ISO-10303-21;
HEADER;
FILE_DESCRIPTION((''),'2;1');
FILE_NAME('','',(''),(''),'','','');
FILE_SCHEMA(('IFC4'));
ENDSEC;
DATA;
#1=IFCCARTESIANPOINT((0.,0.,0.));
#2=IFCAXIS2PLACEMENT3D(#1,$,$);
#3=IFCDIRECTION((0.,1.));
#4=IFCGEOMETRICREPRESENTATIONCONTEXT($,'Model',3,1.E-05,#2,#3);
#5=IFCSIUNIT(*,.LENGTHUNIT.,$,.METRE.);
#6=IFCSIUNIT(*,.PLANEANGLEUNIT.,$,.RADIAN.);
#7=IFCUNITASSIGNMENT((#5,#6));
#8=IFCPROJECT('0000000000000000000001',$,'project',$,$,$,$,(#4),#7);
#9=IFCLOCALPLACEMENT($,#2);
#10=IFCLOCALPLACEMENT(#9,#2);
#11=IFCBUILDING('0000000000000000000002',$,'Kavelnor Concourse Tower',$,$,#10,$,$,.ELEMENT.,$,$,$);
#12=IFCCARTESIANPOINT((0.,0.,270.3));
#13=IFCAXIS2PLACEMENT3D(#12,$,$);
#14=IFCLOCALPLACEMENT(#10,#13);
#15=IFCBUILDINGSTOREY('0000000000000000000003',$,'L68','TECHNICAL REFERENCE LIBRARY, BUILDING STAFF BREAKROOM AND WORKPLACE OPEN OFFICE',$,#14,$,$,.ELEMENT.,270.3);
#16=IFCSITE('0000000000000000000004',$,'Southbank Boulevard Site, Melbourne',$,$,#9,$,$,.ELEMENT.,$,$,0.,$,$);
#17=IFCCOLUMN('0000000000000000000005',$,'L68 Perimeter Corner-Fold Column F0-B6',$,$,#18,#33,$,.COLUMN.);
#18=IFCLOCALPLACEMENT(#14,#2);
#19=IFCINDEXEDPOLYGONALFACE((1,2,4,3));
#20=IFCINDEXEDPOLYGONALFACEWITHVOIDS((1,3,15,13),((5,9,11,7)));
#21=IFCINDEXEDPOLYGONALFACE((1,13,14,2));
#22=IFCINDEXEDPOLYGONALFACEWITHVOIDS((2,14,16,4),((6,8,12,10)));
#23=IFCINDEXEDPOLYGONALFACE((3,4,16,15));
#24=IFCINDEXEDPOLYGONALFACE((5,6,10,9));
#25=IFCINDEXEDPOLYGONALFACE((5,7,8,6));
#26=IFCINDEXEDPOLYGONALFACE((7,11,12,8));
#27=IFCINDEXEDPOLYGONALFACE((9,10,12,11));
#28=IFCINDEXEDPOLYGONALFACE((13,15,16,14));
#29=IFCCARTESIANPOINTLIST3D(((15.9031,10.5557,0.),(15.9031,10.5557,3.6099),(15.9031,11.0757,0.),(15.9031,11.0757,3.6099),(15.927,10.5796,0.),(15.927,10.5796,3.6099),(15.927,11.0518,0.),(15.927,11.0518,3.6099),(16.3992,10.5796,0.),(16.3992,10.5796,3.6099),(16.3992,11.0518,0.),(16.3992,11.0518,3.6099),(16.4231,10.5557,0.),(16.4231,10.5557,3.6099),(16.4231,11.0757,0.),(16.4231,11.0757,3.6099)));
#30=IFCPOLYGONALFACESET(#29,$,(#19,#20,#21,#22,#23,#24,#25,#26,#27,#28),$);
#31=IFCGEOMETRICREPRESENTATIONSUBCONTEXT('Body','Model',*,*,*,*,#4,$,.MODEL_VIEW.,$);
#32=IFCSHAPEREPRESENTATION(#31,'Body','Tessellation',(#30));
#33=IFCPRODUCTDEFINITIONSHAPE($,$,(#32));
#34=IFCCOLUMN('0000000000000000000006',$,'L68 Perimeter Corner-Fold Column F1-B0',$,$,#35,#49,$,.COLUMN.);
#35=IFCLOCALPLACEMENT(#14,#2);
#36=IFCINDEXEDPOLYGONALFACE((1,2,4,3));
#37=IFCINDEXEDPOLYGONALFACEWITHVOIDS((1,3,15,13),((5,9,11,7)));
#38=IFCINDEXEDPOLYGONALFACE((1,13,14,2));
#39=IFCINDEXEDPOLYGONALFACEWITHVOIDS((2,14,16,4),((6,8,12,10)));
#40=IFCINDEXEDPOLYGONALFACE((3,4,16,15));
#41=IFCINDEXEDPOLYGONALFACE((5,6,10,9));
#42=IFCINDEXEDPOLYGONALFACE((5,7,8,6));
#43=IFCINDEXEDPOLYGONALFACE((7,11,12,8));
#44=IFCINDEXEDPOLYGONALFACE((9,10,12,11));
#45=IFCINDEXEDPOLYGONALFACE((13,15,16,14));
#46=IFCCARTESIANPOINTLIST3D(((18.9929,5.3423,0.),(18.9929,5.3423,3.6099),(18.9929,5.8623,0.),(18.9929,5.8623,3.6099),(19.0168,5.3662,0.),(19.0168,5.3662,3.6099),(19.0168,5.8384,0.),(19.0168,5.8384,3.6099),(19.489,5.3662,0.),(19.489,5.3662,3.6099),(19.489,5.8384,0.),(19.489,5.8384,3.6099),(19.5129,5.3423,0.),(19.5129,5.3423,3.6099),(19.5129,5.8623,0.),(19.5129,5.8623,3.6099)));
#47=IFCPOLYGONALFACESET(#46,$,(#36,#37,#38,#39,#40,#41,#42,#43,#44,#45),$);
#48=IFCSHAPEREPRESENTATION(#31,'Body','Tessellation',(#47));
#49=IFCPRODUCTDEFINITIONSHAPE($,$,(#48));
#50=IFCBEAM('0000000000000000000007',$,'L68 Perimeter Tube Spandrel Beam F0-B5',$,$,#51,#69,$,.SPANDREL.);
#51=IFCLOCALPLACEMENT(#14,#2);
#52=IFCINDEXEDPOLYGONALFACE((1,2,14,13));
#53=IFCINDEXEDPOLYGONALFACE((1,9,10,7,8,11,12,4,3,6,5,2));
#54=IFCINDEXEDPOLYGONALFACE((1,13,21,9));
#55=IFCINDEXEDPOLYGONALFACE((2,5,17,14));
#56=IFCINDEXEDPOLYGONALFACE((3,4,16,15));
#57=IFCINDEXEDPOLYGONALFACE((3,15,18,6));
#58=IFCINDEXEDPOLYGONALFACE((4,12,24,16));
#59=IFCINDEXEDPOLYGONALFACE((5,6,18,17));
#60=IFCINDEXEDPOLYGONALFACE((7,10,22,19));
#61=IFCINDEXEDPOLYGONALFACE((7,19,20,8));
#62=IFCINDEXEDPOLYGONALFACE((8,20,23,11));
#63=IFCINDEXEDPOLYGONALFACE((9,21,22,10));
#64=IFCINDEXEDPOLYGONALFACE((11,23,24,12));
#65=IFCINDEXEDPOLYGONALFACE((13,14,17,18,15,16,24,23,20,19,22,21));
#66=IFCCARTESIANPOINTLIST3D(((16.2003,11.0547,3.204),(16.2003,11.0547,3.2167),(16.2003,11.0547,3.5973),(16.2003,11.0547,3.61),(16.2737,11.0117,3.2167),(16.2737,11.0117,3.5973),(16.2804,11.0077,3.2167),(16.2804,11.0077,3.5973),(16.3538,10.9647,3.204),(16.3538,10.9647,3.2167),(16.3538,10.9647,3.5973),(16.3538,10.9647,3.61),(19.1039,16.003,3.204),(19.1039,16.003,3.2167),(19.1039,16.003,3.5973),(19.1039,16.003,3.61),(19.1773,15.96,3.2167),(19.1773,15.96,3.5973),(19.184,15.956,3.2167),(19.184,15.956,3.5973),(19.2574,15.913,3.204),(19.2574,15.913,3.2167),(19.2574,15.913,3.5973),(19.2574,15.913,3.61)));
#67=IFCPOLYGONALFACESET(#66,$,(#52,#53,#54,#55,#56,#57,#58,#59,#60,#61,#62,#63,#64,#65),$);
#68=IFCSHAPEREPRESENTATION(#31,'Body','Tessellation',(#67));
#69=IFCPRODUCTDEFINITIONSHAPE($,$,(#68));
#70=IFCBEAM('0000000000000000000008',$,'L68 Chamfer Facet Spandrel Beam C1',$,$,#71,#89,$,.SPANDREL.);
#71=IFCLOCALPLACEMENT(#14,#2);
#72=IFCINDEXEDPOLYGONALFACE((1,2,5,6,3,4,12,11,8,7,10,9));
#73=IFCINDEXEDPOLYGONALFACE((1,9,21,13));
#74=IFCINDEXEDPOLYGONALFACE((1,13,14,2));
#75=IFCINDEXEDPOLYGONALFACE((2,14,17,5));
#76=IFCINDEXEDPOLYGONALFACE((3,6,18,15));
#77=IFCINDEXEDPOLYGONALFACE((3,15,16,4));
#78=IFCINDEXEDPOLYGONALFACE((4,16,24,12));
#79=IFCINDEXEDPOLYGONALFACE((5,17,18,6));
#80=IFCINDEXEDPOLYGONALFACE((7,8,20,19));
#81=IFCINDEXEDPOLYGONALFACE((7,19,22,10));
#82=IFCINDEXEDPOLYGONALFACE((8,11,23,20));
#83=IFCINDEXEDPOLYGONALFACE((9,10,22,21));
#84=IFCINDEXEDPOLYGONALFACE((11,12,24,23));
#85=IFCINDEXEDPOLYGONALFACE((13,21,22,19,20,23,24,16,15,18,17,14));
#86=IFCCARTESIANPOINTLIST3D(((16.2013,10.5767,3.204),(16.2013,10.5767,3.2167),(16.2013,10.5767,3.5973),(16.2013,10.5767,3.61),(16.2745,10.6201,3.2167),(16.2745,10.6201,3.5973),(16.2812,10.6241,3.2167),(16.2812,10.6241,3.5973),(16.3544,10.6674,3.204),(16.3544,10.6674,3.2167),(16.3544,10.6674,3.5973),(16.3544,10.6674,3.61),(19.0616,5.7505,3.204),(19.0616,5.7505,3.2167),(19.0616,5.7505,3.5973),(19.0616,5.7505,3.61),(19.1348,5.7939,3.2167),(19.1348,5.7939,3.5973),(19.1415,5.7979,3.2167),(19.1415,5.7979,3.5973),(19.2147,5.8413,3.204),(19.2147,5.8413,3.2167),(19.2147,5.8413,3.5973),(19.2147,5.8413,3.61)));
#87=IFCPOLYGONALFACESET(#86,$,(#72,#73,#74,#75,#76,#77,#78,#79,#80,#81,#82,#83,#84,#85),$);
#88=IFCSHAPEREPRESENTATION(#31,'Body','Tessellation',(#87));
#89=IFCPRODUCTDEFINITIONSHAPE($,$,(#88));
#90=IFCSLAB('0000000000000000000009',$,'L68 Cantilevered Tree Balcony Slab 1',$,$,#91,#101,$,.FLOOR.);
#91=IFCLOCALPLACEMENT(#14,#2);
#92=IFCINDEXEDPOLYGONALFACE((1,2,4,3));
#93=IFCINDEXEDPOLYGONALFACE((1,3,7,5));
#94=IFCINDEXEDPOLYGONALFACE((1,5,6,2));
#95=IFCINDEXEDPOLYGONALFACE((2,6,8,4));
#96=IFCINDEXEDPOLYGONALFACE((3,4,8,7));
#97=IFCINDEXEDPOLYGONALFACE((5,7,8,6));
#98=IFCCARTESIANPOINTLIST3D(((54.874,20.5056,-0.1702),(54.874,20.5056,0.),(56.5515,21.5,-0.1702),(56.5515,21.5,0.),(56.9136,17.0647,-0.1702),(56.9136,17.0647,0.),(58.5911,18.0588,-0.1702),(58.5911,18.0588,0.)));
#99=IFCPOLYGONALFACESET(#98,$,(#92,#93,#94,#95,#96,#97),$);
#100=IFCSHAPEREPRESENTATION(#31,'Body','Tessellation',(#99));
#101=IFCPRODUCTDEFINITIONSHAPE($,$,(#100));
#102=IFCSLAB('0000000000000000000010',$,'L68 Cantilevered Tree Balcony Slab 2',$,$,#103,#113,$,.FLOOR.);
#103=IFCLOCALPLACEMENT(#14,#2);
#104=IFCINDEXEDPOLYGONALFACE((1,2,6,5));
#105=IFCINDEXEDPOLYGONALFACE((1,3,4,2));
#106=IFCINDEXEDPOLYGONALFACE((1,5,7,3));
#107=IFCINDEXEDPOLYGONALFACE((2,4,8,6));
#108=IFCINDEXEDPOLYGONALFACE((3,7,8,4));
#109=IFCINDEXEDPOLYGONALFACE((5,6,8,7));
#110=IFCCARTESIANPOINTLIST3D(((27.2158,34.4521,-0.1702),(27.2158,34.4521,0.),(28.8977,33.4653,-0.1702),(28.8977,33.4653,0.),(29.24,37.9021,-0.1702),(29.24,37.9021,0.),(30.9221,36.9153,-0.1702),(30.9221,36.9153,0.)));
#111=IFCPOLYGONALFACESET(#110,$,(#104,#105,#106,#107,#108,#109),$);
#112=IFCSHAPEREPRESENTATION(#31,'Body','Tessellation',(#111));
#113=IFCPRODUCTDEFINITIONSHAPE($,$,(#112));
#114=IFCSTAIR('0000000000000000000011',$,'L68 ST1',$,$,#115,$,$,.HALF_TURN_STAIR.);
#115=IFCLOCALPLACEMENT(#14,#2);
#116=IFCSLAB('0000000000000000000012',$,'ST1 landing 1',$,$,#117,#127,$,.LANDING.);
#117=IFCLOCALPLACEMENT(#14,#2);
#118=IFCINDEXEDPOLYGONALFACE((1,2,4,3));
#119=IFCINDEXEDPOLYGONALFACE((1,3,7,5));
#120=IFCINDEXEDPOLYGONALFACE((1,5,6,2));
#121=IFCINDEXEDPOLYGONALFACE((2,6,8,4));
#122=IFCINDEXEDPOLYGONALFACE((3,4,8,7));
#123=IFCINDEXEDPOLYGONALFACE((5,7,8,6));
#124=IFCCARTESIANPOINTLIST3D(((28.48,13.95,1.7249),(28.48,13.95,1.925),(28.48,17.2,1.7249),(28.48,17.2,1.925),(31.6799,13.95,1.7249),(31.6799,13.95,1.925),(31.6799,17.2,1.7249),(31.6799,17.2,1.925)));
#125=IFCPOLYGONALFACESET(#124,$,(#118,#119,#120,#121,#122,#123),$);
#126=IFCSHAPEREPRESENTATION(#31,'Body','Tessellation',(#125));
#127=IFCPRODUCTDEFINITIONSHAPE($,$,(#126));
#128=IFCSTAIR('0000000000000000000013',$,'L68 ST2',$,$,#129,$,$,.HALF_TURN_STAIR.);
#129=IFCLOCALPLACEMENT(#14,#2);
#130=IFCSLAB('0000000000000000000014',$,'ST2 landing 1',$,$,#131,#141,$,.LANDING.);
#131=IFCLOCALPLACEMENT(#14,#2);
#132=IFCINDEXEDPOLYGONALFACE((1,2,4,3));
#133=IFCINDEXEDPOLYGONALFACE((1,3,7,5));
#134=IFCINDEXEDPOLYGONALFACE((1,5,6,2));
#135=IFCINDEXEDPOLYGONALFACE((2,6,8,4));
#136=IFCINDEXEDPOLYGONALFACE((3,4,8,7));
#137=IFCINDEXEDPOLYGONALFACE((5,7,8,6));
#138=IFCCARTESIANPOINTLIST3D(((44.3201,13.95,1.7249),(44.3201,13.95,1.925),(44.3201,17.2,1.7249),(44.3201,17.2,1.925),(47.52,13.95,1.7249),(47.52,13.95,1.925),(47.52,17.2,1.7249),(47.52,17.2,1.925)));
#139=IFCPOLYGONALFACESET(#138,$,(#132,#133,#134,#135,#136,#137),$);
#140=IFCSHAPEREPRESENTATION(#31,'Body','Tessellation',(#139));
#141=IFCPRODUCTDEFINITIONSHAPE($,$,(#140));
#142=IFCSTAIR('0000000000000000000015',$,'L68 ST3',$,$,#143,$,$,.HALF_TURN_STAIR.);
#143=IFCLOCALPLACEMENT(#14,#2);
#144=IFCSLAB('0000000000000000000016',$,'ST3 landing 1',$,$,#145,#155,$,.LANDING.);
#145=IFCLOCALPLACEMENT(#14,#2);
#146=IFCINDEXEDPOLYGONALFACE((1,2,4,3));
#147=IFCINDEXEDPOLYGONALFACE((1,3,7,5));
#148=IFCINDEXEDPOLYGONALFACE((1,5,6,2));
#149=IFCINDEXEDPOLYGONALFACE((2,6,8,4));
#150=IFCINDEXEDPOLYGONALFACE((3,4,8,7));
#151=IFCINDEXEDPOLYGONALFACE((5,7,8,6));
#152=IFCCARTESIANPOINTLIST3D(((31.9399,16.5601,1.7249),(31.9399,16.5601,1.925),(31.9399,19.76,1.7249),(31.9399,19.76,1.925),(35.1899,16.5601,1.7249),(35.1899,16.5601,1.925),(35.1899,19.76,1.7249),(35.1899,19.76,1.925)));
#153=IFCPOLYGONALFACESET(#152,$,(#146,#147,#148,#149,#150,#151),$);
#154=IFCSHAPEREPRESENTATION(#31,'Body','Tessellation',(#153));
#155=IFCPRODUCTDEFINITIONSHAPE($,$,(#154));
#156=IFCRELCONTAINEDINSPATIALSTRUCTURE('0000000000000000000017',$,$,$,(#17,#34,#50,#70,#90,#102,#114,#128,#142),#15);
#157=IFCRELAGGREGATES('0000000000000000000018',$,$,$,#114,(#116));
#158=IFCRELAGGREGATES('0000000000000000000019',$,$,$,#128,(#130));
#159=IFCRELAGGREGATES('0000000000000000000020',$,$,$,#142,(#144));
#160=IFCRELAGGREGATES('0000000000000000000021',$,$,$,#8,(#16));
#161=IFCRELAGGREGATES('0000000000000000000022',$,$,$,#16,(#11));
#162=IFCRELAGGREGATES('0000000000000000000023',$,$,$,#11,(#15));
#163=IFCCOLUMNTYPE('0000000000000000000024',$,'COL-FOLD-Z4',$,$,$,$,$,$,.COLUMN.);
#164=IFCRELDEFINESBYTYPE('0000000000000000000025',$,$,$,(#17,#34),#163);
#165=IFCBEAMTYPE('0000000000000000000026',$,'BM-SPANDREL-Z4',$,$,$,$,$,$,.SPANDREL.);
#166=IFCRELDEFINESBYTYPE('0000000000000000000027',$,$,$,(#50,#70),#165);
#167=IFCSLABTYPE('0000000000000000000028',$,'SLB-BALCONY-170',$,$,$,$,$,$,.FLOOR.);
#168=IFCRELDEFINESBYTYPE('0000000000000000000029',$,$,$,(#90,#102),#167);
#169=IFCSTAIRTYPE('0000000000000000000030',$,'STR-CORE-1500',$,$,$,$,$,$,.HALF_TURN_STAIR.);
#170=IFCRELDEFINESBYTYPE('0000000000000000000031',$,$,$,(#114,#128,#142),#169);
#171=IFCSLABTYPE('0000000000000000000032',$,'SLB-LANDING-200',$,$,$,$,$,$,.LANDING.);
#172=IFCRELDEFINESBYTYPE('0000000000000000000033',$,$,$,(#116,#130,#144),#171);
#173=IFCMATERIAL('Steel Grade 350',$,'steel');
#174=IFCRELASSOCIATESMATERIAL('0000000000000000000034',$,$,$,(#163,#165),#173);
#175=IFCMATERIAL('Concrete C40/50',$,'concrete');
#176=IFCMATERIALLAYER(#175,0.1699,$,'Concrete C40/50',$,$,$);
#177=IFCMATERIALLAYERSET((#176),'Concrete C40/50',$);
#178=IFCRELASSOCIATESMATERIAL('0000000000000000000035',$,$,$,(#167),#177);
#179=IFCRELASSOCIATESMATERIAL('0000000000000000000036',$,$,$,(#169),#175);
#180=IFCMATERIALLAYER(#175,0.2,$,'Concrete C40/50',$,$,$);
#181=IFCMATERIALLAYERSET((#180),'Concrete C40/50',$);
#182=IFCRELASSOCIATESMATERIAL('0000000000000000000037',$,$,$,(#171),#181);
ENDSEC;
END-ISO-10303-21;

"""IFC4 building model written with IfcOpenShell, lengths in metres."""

from ifc_helpers import new_model, si_unit, direction, frame, origin, origin_2d, place, context, subcontext, project, spatial, polyline, hollow_rectangle, i_section, outline, extrude, material, layer, layer_set, material_profile, profile_set, type_object, element, aggregate, save


model = new_model("IFC4")

# Units and contexts
model_context = context("Model", 3, precision=1e-05, world=origin(), true_north=direction((0.0, 1.0)))
body_context = subcontext(model_context, "Body", "Model", "MODEL_VIEW")
ifc_project = project(units=[si_unit("LENGTHUNIT", "METRE"), si_unit("PLANEANGLEUNIT", "RADIAN")], contexts=[model_context])

# Site, building, storey
site_placement = place(None, origin())
site = spatial("IfcSite", under=ifc_project, at=site_placement, Name="Southbank Boulevard Site, Melbourne", CompositionType="ELEMENT", RefElevation=0.0)
building_placement = place(site_placement, origin())
building = spatial("IfcBuilding", under=site, at=building_placement, Name="Kavelnor Concourse Tower", CompositionType="ELEMENT")
storey_placement = place(building_placement, frame((0.0, 0.0, 270.3)))
storey = spatial("IfcBuildingStorey", under=building, at=storey_placement, Name="L68", Description="TECHNICAL REFERENCE LIBRARY, BUILDING STAFF BREAKROOM AND WORKPLACE OPEN OFFICE", CompositionType="ELEMENT", Elevation=270.3)

# Columns
ifc_material_1 = material(Name="Steel Grade 350", Category="steel")
ifc_material_profile_1 = material_profile(ifc_material_1, hollow_rectangle(XDim=0.52, YDim=0.52, WallThickness=0.0239, at=origin_2d()), Name="SHS 520x520x24")
ifc_profile_set_1 = profile_set([ifc_material_profile_1], Name="Steel Grade 350")
column_type = type_object("IfcColumnType", Name="COL-FOLD-Z4", PredefinedType="COLUMN", material=ifc_profile_set_1)
for number, where, z_axis, x_axis, name in (
    (1, (16.1631, 10.8157, 0.0), (0.0, 0.0, 1.0), (1.0, 0.0, 0.0), "L68 Perimeter Corner-Fold Column F0-B6"),
    (2, (19.2529, 5.6023, 0.0), (0.0, 0.0, 1.0), (1.0, 0.0, 0.0), "L68 Perimeter Corner-Fold Column F1-B0"),
):
    element("IfcColumn", number, at=place(storey_placement, frame(where, z_axis=z_axis, x_axis=x_axis)), inside=storey, type_object=column_type, Name=name, PredefinedType="COLUMN", context=body_context, shape_type="SweptSolid", body=[
        extrude(hollow_rectangle(XDim=0.52, YDim=0.52, WallThickness=0.0239, at=origin_2d()), origin(), (0.0, 0.0, 1.0), 3.6099),
    ])

# Beams
ifc_material_profile_2 = material_profile(ifc_material_1, i_section(OverallWidth=0.178, OverallDepth=0.406, WebThickness=0.0078, FlangeThickness=0.0127, at=origin_2d()), Name="410UB59")
ifc_profile_set_2 = profile_set([ifc_material_profile_2], Name="Steel Grade 350")
beam_type = type_object("IfcBeamType", Name="BM-SPANDREL-Z4", PredefinedType="SPANDREL", material=ifc_profile_set_2)
beam_1_placement = place(storey_placement, frame((19.1807, 15.958, 3.407), z_axis=(-0.506092, -0.86248, 0.0), x_axis=(0.86248, -0.506092, 0.0)))
element("IfcBeam", 3, at=beam_1_placement, inside=storey, type_object=beam_type, Name="L68 Perimeter Tube Spandrel Beam F0-B5", PredefinedType="SPANDREL", context=body_context, shape_type="SweptSolid", body=[
    extrude(i_section(OverallWidth=0.178, OverallDepth=0.406, WebThickness=0.0078, FlangeThickness=0.0127, at=origin_2d()), origin(), (0.0, 0.0, 1.0), 5.7373),
])
beam_2_placement = place(storey_placement, frame((16.2778, 10.6221, 3.407), z_axis=(0.509855, -0.86026, 0.0), x_axis=(0.86026, 0.509855, 0.0)))
element("IfcBeam", 4, at=beam_2_placement, inside=storey, type_object=beam_type, Name="L68 Chamfer Facet Spandrel Beam C1", PredefinedType="SPANDREL", context=body_context, shape_type="SweptSolid", body=[
    extrude(i_section(OverallWidth=0.178, OverallDepth=0.406, WebThickness=0.0078, FlangeThickness=0.0127, at=origin_2d()), origin(), (0.0, 0.0, 1.0), 5.6101),
])

# Slabs
ifc_material_2 = material(Name="Concrete C40/50", Category="concrete")
ifc_layer_1 = layer(ifc_material_2, 0.1699, Name="Concrete C40/50")
ifc_layer_set_1 = layer_set([ifc_layer_1], Name="Concrete C40/50")
slab_type_1 = type_object("IfcSlabType", Name="SLB-BALCONY-170", PredefinedType="FLOOR", material=ifc_layer_set_1)
slab_1_placement = place(storey_placement, frame((0.0, 0.0, -0.1702)))
element("IfcSlab", 5, at=slab_1_placement, inside=storey, type_object=slab_type_1, Name="L68 Cantilevered Tree Balcony Slab 1", PredefinedType="FLOOR", context=body_context, shape_type="SweptSolid", body=[
    extrude(outline(polyline([(56.5515, 21.5), (58.5911, 18.0588), (56.9136, 17.0647), (54.874, 20.5056), (56.5515, 21.5)])), origin(), (0.0, 0.0, 1.0), 0.1702),
])
slab_2_placement = place(storey_placement, frame((0.0, 0.0, -0.1702)))
element("IfcSlab", 6, at=slab_2_placement, inside=storey, type_object=slab_type_1, Name="L68 Cantilevered Tree Balcony Slab 2", PredefinedType="FLOOR", context=body_context, shape_type="SweptSolid", body=[
    extrude(outline(polyline([(27.2158, 34.4521), (29.24, 37.9021), (30.9221, 36.9153), (28.8977, 33.4653), (27.2158, 34.4521)])), origin(), (0.0, 0.0, 1.0), 0.1702),
])

# Stairs, slabs
stair_type = type_object("IfcStairType", Name="STR-CORE-1500", PredefinedType="HALF_TURN_STAIR", material=ifc_material_2)
stair_1_placement = place(storey_placement, origin())
stair_1 = element("IfcStair", 7, at=stair_1_placement, inside=storey, type_object=stair_type, Name="L68 ST1", PredefinedType="HALF_TURN_STAIR")
ifc_layer_2 = layer(ifc_material_2, 0.2, Name="Concrete C40/50")
ifc_layer_set_2 = layer_set([ifc_layer_2], Name="Concrete C40/50")
slab_type_2 = type_object("IfcSlabType", Name="SLB-LANDING-200", PredefinedType="LANDING", material=ifc_layer_set_2)
slab_3_placement = place(storey_placement, frame((0.0, 0.0, 1.7249)))
slab_3 = element("IfcSlab", 8, at=slab_3_placement, type_object=slab_type_2, Name="ST1 landing 1", PredefinedType="LANDING", context=body_context, shape_type="SweptSolid", body=[
    extrude(outline(polyline([(31.6799, 13.95), (31.6799, 17.2), (28.48, 17.2), (28.48, 13.95), (31.6799, 13.95)])), origin(), (0.0, 0.0, 1.0), 0.2002),
])
aggregate(stair_1, [slab_3])
stair_2_placement = place(storey_placement, origin())
stair_2 = element("IfcStair", 9, at=stair_2_placement, inside=storey, type_object=stair_type, Name="L68 ST2", PredefinedType="HALF_TURN_STAIR")
slab_4_placement = place(storey_placement, frame((0.0, 0.0, 1.7249)))
slab_4 = element("IfcSlab", 10, at=slab_4_placement, type_object=slab_type_2, Name="ST2 landing 1", PredefinedType="LANDING", context=body_context, shape_type="SweptSolid", body=[
    extrude(outline(polyline([(47.52, 13.95), (47.52, 17.2), (44.3201, 17.2), (44.3201, 13.95), (47.52, 13.95)])), origin(), (0.0, 0.0, 1.0), 0.2002),
])
aggregate(stair_2, [slab_4])
stair_3_placement = place(storey_placement, origin())
stair_3 = element("IfcStair", 11, at=stair_3_placement, inside=storey, type_object=stair_type, Name="L68 ST3", PredefinedType="HALF_TURN_STAIR")
slab_5_placement = place(storey_placement, frame((0.0, 0.0, 1.7249)))
slab_5 = element("IfcSlab", 12, at=slab_5_placement, type_object=slab_type_2, Name="ST3 landing 1", PredefinedType="LANDING", context=body_context, shape_type="SweptSolid", body=[
    extrude(outline(polyline([(35.1899, 19.76), (31.9399, 19.76), (31.9399, 16.5601), (35.1899, 16.5601), (35.1899, 19.76)])), origin(), (0.0, 0.0, 1.0), 0.2002),
])
aggregate(stair_3, [slab_5])

save(model, "model.ifc")
